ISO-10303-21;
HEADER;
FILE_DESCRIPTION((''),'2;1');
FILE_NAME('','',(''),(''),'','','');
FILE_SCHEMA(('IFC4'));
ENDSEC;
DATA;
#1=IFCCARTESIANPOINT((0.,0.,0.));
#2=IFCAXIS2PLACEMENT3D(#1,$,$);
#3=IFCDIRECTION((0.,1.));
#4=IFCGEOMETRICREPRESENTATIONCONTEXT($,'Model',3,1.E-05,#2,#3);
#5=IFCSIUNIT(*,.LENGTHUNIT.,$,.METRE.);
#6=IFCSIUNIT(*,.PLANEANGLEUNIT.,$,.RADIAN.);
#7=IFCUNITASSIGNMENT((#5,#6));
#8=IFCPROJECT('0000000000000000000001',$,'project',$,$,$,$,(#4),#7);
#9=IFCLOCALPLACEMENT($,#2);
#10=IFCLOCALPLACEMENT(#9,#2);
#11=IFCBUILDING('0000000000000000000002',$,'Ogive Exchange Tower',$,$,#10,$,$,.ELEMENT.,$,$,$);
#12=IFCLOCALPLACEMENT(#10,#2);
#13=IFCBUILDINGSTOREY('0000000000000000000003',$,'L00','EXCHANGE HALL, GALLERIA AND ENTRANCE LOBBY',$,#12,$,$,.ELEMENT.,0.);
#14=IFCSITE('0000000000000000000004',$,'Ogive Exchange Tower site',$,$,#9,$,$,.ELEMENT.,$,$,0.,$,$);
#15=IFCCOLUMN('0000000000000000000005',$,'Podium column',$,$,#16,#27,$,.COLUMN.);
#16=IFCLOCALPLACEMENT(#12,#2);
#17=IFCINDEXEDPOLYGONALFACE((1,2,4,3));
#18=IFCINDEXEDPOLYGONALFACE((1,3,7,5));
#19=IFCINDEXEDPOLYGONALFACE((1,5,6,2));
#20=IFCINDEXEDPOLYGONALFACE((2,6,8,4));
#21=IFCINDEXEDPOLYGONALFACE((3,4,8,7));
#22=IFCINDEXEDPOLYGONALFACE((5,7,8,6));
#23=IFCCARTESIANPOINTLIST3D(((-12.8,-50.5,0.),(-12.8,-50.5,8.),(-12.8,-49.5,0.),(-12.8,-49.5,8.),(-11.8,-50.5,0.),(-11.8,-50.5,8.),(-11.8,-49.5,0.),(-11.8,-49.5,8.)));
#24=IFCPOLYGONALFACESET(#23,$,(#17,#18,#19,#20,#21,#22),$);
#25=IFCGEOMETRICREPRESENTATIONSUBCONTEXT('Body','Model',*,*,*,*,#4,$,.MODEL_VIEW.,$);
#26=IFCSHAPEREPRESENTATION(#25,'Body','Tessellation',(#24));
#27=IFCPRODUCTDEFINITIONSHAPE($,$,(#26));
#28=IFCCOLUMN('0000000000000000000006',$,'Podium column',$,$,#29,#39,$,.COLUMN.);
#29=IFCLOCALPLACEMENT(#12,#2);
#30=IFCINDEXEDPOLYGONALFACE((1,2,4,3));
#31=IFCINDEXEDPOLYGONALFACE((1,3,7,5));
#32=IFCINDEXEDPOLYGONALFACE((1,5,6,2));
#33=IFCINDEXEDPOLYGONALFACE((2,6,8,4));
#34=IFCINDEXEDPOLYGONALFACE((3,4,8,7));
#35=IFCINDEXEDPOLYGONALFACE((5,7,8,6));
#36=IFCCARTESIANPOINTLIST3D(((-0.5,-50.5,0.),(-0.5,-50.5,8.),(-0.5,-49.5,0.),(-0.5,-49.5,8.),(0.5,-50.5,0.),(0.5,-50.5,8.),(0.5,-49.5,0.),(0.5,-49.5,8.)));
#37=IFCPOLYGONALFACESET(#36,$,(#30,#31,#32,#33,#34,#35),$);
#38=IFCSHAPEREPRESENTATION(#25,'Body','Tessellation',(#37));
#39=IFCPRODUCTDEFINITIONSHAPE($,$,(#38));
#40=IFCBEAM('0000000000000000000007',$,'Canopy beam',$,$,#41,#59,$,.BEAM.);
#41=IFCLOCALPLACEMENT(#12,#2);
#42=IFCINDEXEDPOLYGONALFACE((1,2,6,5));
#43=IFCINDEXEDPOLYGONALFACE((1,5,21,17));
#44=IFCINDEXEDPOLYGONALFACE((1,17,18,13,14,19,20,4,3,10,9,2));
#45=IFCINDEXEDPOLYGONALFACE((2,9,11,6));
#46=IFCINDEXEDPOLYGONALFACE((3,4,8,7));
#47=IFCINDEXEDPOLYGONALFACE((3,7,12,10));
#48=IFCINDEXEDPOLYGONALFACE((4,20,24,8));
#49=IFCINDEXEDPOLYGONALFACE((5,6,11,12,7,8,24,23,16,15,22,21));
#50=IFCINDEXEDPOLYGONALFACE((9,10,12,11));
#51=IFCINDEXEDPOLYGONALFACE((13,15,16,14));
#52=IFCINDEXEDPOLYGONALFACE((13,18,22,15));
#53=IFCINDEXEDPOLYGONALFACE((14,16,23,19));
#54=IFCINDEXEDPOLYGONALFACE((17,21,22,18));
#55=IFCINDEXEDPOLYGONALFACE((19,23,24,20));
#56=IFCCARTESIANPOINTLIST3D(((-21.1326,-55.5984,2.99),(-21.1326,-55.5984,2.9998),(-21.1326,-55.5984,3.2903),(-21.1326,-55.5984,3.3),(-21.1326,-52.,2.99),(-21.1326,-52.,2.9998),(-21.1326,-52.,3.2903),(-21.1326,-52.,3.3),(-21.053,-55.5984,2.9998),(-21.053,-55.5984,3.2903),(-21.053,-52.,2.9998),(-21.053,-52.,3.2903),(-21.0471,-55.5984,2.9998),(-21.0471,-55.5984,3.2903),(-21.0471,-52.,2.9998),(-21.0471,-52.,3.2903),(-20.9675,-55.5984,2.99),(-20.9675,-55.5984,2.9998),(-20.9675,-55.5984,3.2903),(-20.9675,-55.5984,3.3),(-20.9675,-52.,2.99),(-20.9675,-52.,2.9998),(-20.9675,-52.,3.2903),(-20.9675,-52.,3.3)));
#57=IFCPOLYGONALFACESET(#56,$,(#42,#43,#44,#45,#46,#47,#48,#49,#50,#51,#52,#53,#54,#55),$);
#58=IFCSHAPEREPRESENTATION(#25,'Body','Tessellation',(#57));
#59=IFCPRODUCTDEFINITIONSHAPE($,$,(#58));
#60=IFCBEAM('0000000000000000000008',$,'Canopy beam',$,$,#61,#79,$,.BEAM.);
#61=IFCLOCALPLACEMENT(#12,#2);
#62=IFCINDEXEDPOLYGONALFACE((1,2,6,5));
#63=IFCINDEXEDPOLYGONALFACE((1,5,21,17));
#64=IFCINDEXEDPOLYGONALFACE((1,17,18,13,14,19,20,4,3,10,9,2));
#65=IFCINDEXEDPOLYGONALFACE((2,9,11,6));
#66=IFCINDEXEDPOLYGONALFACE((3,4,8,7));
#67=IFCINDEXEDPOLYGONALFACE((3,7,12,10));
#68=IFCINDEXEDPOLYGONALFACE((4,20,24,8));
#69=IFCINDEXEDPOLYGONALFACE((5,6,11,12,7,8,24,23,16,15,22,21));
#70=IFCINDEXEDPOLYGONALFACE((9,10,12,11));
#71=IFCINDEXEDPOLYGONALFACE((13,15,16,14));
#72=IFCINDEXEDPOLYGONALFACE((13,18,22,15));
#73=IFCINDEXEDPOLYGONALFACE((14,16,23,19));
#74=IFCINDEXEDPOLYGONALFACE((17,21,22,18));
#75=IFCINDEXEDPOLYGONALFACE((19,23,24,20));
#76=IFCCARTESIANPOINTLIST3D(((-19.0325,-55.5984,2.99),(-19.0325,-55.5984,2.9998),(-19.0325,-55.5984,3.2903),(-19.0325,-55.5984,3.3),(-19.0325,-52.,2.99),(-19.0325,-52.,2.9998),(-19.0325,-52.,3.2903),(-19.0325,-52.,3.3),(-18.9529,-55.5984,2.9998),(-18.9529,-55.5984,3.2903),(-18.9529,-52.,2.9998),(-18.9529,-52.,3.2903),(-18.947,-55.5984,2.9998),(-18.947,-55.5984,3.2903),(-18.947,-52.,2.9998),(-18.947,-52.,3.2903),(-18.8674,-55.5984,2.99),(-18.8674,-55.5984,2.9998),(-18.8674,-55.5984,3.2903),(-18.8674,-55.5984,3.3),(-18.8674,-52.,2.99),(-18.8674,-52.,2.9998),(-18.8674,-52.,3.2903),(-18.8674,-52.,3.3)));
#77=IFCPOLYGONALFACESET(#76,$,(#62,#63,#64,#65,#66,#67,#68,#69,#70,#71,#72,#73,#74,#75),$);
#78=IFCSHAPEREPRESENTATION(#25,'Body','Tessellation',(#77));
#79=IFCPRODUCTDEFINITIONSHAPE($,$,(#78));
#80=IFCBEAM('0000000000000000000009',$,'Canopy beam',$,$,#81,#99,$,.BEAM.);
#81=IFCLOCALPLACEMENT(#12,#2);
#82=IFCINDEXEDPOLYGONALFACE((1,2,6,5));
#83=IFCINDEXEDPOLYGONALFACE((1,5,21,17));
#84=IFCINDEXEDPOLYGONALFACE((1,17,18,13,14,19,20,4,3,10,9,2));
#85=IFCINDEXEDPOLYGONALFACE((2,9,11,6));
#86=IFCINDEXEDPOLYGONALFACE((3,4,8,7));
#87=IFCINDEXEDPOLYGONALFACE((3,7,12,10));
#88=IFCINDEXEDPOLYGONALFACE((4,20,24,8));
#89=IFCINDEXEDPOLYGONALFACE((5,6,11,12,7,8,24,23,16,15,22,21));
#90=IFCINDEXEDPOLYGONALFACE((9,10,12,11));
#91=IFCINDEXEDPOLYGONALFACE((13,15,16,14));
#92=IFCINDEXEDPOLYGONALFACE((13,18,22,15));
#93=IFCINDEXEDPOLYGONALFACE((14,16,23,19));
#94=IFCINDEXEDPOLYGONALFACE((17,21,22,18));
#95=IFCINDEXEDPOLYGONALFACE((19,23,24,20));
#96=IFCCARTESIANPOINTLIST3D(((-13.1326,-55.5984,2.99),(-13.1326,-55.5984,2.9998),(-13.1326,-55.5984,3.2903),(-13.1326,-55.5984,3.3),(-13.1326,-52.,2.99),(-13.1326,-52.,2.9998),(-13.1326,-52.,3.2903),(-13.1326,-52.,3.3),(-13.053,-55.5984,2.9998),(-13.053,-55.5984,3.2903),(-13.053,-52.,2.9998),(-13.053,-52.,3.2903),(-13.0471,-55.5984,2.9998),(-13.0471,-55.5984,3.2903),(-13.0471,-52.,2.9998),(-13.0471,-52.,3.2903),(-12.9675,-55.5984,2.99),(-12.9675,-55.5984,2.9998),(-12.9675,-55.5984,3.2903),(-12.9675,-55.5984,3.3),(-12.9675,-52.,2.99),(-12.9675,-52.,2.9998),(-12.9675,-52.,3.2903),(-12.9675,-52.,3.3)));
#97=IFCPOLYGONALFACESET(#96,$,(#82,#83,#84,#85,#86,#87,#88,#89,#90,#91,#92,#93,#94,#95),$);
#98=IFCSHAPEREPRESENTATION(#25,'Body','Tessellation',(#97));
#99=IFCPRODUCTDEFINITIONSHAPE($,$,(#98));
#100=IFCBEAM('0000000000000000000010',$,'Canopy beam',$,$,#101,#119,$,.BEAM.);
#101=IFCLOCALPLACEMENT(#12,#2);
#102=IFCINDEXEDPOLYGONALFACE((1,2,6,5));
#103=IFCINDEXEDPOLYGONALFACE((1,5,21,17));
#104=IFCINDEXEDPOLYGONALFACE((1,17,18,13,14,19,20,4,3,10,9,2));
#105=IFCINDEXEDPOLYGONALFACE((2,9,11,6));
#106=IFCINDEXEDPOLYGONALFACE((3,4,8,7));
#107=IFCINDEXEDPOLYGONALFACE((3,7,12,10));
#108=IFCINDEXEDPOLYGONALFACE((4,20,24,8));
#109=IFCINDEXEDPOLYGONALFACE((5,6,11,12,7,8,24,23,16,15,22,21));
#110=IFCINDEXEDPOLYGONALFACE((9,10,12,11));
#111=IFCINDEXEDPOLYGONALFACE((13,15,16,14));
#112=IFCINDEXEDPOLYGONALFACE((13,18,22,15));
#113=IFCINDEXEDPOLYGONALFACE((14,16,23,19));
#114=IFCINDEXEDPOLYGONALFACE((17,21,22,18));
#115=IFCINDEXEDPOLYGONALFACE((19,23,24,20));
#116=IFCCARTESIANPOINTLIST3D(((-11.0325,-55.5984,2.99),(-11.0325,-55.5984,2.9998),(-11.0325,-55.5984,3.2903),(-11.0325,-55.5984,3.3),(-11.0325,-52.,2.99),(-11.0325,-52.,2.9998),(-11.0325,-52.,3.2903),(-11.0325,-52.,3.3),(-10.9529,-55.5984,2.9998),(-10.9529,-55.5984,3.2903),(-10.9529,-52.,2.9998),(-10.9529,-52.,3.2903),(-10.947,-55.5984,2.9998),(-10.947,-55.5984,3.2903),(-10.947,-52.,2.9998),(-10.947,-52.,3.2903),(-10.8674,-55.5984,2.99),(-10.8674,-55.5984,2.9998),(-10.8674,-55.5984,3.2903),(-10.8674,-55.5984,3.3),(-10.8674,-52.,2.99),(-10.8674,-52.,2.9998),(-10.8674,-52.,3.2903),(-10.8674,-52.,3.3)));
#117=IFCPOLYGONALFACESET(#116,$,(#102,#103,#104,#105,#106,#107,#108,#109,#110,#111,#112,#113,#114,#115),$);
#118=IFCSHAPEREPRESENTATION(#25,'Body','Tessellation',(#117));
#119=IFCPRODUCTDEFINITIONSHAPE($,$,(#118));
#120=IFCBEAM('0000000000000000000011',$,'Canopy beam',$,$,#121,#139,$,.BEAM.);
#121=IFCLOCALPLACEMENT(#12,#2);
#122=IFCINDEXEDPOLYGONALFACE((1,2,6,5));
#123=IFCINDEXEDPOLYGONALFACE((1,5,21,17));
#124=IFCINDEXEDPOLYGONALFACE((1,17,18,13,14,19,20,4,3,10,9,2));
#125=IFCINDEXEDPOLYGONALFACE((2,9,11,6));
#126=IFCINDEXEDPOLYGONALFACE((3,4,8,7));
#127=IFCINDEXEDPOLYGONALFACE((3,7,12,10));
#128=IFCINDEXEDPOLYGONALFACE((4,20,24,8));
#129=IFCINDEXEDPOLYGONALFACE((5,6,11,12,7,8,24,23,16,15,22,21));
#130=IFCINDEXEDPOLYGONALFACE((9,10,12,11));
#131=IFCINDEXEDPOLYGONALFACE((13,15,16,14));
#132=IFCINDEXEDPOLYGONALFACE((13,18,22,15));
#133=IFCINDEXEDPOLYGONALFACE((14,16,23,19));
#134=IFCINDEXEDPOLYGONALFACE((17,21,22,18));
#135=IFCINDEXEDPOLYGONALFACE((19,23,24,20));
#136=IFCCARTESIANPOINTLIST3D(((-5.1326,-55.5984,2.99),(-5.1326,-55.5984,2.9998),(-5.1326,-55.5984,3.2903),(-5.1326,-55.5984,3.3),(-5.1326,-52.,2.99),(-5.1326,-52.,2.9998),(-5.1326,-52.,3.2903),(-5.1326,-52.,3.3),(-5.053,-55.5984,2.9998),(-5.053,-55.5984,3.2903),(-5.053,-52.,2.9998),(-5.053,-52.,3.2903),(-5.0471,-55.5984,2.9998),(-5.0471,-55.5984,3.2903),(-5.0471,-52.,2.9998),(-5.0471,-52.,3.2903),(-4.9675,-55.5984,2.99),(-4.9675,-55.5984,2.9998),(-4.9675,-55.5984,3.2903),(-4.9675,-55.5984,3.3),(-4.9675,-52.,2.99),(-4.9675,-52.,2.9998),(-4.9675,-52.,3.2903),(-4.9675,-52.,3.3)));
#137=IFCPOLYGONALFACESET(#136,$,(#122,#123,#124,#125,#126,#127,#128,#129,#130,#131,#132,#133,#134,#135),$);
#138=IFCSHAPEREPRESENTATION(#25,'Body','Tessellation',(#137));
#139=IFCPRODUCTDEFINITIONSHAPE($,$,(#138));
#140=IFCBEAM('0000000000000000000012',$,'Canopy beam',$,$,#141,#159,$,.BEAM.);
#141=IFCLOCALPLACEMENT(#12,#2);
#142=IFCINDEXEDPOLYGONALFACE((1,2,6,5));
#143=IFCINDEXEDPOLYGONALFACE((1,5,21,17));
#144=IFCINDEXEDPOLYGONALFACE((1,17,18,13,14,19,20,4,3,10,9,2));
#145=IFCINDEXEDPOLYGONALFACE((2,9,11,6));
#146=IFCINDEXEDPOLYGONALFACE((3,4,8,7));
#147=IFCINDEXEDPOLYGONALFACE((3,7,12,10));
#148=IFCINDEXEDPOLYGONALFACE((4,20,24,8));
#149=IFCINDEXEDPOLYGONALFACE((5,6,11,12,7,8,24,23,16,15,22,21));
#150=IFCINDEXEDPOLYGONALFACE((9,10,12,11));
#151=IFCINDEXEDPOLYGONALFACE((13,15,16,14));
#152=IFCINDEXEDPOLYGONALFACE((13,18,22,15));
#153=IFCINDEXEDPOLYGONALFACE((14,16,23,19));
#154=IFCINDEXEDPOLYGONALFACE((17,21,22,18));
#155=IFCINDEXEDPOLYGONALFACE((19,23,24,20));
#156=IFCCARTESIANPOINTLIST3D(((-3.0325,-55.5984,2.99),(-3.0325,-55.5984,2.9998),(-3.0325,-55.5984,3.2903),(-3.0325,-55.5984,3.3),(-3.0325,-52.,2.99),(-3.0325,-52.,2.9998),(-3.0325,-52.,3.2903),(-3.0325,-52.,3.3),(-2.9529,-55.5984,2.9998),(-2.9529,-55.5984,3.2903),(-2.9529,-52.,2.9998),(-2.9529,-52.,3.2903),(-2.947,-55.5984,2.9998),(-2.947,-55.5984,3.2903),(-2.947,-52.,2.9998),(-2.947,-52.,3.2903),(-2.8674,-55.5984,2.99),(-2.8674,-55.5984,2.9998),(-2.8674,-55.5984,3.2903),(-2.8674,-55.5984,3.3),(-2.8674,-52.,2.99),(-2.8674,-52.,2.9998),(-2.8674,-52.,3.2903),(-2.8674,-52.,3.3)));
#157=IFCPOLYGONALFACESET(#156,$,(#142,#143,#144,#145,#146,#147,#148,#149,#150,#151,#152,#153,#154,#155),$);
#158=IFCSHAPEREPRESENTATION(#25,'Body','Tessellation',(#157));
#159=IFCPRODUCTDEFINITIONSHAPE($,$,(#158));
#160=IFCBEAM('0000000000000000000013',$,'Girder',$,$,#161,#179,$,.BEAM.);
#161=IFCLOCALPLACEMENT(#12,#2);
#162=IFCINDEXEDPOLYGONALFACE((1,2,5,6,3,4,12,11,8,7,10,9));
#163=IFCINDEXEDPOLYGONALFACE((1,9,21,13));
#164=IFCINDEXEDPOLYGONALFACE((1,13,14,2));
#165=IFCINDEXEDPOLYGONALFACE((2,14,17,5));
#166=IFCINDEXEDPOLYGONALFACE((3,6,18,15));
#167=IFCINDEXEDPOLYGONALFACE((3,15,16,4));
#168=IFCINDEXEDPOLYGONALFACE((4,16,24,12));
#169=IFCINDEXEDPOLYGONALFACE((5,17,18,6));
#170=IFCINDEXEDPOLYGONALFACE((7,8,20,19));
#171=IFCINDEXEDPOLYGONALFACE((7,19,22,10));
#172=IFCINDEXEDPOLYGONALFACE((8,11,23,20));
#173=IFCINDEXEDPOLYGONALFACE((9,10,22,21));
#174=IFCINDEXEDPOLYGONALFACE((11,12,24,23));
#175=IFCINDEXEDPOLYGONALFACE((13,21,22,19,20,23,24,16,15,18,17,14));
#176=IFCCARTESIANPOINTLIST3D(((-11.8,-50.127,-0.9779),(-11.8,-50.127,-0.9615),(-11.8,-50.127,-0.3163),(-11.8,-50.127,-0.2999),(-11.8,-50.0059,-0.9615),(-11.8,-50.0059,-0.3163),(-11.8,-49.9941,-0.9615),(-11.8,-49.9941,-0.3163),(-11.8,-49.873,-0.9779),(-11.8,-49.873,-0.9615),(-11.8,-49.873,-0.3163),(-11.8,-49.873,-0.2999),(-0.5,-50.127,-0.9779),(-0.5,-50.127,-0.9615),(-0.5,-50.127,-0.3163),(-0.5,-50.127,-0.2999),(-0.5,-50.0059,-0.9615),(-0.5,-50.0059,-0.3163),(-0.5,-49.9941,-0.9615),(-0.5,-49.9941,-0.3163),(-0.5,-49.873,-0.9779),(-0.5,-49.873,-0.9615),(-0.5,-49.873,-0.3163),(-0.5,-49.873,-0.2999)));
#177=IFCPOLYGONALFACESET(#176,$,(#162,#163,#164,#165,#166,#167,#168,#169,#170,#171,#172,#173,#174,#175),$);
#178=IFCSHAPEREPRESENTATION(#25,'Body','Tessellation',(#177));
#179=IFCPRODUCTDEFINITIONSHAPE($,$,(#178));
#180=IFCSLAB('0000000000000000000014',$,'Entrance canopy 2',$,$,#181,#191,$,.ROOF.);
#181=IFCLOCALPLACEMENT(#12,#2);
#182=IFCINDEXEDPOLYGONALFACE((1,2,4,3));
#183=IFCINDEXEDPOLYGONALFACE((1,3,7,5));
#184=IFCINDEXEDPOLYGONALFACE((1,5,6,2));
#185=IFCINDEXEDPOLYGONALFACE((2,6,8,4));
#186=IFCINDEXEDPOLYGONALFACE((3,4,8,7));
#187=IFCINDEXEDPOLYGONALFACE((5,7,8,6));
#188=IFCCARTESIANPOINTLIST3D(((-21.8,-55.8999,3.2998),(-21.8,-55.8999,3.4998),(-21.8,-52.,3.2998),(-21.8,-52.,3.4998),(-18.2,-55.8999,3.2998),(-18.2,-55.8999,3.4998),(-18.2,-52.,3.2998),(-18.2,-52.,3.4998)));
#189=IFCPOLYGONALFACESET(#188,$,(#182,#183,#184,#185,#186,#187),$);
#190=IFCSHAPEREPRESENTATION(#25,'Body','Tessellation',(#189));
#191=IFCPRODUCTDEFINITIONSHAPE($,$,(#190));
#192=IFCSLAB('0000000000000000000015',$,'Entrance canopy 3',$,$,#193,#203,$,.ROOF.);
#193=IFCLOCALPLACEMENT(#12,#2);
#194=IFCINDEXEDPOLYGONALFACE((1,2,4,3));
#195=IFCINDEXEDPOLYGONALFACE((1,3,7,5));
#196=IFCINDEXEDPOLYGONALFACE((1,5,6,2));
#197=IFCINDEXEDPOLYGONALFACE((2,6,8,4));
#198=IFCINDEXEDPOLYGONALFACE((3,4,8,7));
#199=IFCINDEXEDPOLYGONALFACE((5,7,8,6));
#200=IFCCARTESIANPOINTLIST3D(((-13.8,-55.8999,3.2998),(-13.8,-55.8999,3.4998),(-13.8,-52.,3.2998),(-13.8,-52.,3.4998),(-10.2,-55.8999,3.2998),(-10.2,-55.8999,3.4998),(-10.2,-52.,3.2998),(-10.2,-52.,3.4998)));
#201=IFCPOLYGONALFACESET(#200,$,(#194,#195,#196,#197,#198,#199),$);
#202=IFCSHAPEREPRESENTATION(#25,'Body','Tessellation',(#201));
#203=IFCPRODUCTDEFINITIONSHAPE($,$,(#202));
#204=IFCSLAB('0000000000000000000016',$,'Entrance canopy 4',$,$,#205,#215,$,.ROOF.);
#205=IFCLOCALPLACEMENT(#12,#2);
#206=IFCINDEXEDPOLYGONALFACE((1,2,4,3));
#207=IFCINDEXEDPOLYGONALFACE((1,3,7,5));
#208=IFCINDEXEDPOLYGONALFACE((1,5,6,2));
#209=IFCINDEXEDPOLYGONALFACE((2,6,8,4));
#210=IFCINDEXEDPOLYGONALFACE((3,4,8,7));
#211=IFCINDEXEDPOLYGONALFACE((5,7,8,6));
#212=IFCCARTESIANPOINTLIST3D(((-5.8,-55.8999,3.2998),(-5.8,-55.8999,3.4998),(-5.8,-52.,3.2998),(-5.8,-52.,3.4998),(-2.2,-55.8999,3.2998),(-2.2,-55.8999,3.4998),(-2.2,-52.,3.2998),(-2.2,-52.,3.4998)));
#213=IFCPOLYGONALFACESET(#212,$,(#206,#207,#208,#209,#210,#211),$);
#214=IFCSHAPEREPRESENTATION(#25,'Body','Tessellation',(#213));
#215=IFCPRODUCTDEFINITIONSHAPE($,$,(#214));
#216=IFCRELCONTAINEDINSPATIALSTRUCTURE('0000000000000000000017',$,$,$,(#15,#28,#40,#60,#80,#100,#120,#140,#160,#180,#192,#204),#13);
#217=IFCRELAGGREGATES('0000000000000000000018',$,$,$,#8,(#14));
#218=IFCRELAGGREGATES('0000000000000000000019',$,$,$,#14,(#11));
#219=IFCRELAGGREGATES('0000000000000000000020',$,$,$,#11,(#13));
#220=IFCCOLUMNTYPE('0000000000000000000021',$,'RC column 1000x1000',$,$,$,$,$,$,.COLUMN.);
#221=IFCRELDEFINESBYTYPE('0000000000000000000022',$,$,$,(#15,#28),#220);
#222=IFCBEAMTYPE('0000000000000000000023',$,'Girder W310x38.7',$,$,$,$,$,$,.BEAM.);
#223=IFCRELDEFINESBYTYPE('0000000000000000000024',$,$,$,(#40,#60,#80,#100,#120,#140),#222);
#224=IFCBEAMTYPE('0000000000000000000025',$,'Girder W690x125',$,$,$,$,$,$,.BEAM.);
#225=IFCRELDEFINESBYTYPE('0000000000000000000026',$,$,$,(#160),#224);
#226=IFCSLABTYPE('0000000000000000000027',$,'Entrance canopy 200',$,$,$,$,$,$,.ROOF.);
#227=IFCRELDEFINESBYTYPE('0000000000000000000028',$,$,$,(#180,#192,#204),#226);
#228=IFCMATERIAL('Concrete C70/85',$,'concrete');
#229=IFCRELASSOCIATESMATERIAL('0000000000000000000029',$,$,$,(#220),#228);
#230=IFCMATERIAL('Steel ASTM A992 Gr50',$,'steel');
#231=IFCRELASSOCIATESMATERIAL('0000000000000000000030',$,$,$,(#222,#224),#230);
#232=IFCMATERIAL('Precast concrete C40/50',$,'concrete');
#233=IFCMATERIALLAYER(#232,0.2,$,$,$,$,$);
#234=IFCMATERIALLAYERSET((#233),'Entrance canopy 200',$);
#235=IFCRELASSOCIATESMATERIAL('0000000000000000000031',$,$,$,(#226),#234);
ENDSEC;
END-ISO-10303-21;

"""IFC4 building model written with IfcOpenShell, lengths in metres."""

from ifc_helpers import new_model, si_unit, direction, frame, origin, origin_2d, place, context, subcontext, project, spatial, rectangle, i_section, extrude, material, layer, layer_set, material_profile, profile_set, type_object, element, save


model = new_model("IFC4")

# Units and contexts
model_context = context("Model", 3, precision=1e-05, world=origin(), true_north=direction((0.0, 1.0)))
body_context = subcontext(model_context, "Body", "Model", "MODEL_VIEW")
ifc_project = project(units=[si_unit("LENGTHUNIT", "METRE"), si_unit("PLANEANGLEUNIT", "RADIAN")], contexts=[model_context])

# Site, building, storey
site_placement = place(None, origin())
site = spatial("IfcSite", under=ifc_project, at=site_placement, Name="Ogive Exchange Tower site", CompositionType="ELEMENT", RefElevation=0.0)
building_placement = place(site_placement, origin())
building = spatial("IfcBuilding", under=site, at=building_placement, Name="Ogive Exchange Tower", CompositionType="ELEMENT")
storey_placement = place(building_placement, origin())
storey = spatial("IfcBuildingStorey", under=building, at=storey_placement, Name="L00", Description="EXCHANGE HALL, GALLERIA AND ENTRANCE LOBBY", CompositionType="ELEMENT", Elevation=0.0)

# Columns
ifc_material_1 = material(Name="Concrete C70/85", Category="concrete")
ifc_material_profile_1 = material_profile(ifc_material_1, rectangle(XDim=1.0, YDim=1.0, at=origin_2d()), Name="RC 1000x1000")
ifc_profile_set_1 = profile_set([ifc_material_profile_1], Name="Concrete C70/85")
column_type_1 = type_object("IfcColumnType", Name="RC column 1000x1000", PredefinedType="COLUMN", material=ifc_profile_set_1)
for number, where, z_axis, x_axis, name in (
    (1, (-12.3, -50.0, 0.0), (0.0, 0.0, 1.0), (1.0, 0.0, 0.0), "Podium column"),
    (2, (0.0, -50.0, 0.0), (0.0, 0.0, 1.0), (1.0, 0.0, 0.0), "Podium column"),
):
    element("IfcColumn", number, at=place(storey_placement, frame(where, z_axis=z_axis, x_axis=x_axis)), inside=storey, type_object=column_type_1, Name=name, PredefinedType="COLUMN", context=body_context, shape_type="SweptSolid", body=[
        extrude(rectangle(XDim=1.0, YDim=1.0, at=origin_2d()), origin(), (0.0, 0.0, 1.0), 8.0),
    ])

# Beams
ifc_material_2 = material(Name="Steel ASTM A992 Gr50", Category="steel")
ifc_material_profile_2 = material_profile(ifc_material_2, i_section(OverallWidth=0.165, OverallDepth=0.3101, WebThickness=0.0059, FlangeThickness=0.0098, at=origin_2d()), Name="W310x38.7")
ifc_profile_set_2 = profile_set([ifc_material_profile_2], Name="Steel ASTM A992 Gr50")
beam_type_1 = type_object("IfcBeamType", Name="Girder W310x38.7", PredefinedType="BEAM", material=ifc_profile_set_2)
for number, where, z_axis, x_axis, name in (
    (3, (-21.05, -52.0, 3.145), (0.0, -1.0, 0.0), (1.0, 0.0, 0.0), "Canopy beam"),
    (4, (-18.95, -52.0, 3.145), (0.0, -1.0, 0.0), (1.0, 0.0, 0.0), "Canopy beam"),
    (5, (-13.05, -52.0, 3.145), (0.0, -1.0, 0.0), (1.0, 0.0, 0.0), "Canopy beam"),
    (6, (-10.95, -52.0, 3.145), (0.0, -1.0, 0.0), (1.0, 0.0, 0.0), "Canopy beam"),
    (7, (-5.05, -52.0, 3.145), (0.0, -1.0, 0.0), (1.0, 0.0, 0.0), "Canopy beam"),
    (8, (-2.95, -52.0, 3.145), (0.0, -1.0, 0.0), (1.0, 0.0, 0.0), "Canopy beam"),
):
    element("IfcBeam", number, at=place(storey_placement, frame(where, z_axis=z_axis, x_axis=x_axis)), inside=storey, type_object=beam_type_1, Name=name, PredefinedType="BEAM", context=body_context, shape_type="SweptSolid", body=[
        extrude(i_section(OverallWidth=0.165, OverallDepth=0.3101, WebThickness=0.0059, FlangeThickness=0.0098, at=origin_2d()), origin(), (0.0, 0.0, 1.0), 3.5984),
    ])
ifc_material_profile_3 = material_profile(ifc_material_2, i_section(OverallWidth=0.2539, OverallDepth=0.678, WebThickness=0.0117, FlangeThickness=0.0164, at=origin_2d()), Name="W690x125")
ifc_profile_set_3 = profile_set([ifc_material_profile_3], Name="Steel ASTM A992 Gr50")
beam_type_2 = type_object("IfcBeamType", Name="Girder W690x125", PredefinedType="BEAM", material=ifc_profile_set_3)
beam_placement = place(storey_placement, frame((-11.8, -50.0, -0.6389), z_axis=(1.0, 0.0, 0.0), x_axis=(0.0, 1.0, 0.0)))
element("IfcBeam", 9, at=beam_placement, inside=storey, type_object=beam_type_2, Name="Girder", PredefinedType="BEAM", context=body_context, shape_type="SweptSolid", body=[
    extrude(i_section(OverallWidth=0.2539, OverallDepth=0.678, WebThickness=0.0117, FlangeThickness=0.0164, at=origin_2d()), origin(), (0.0, 0.0, 1.0), 11.3),
])

# Slabs
ifc_material_3 = material(Name="Precast concrete C40/50", Category="concrete")
ifc_layer_1 = layer(ifc_material_3, 0.2)
ifc_layer_set_1 = layer_set([ifc_layer_1], Name="Entrance canopy 200")
slab_type = type_object("IfcSlabType", Name="Entrance canopy 200", PredefinedType="ROOF", material=ifc_layer_set_1)
for number, where, z_axis, x_axis, name in (
    (10, (-20.0, -53.95, 3.2998), (0.0, 0.0, 1.0), (1.0, 0.0, 0.0), "Entrance canopy 2"),
    (11, (-12.0, -53.95, 3.2998), (0.0, 0.0, 1.0), (1.0, 0.0, 0.0), "Entrance canopy 3"),
    (12, (-4.0, -53.95, 3.2998), (0.0, 0.0, 1.0), (1.0, 0.0, 0.0), "Entrance canopy 4"),
):
    element("IfcSlab", number, at=place(storey_placement, frame(where, z_axis=z_axis, x_axis=x_axis)), inside=storey, type_object=slab_type, Name=name, PredefinedType="ROOF", context=body_context, shape_type="SweptSolid", body=[
        extrude(rectangle(XDim=3.6001, YDim=3.8999, at=origin_2d()), origin(), (0.0, 0.0, 1.0), 0.2),
    ])

save(model, "model.ifc")
